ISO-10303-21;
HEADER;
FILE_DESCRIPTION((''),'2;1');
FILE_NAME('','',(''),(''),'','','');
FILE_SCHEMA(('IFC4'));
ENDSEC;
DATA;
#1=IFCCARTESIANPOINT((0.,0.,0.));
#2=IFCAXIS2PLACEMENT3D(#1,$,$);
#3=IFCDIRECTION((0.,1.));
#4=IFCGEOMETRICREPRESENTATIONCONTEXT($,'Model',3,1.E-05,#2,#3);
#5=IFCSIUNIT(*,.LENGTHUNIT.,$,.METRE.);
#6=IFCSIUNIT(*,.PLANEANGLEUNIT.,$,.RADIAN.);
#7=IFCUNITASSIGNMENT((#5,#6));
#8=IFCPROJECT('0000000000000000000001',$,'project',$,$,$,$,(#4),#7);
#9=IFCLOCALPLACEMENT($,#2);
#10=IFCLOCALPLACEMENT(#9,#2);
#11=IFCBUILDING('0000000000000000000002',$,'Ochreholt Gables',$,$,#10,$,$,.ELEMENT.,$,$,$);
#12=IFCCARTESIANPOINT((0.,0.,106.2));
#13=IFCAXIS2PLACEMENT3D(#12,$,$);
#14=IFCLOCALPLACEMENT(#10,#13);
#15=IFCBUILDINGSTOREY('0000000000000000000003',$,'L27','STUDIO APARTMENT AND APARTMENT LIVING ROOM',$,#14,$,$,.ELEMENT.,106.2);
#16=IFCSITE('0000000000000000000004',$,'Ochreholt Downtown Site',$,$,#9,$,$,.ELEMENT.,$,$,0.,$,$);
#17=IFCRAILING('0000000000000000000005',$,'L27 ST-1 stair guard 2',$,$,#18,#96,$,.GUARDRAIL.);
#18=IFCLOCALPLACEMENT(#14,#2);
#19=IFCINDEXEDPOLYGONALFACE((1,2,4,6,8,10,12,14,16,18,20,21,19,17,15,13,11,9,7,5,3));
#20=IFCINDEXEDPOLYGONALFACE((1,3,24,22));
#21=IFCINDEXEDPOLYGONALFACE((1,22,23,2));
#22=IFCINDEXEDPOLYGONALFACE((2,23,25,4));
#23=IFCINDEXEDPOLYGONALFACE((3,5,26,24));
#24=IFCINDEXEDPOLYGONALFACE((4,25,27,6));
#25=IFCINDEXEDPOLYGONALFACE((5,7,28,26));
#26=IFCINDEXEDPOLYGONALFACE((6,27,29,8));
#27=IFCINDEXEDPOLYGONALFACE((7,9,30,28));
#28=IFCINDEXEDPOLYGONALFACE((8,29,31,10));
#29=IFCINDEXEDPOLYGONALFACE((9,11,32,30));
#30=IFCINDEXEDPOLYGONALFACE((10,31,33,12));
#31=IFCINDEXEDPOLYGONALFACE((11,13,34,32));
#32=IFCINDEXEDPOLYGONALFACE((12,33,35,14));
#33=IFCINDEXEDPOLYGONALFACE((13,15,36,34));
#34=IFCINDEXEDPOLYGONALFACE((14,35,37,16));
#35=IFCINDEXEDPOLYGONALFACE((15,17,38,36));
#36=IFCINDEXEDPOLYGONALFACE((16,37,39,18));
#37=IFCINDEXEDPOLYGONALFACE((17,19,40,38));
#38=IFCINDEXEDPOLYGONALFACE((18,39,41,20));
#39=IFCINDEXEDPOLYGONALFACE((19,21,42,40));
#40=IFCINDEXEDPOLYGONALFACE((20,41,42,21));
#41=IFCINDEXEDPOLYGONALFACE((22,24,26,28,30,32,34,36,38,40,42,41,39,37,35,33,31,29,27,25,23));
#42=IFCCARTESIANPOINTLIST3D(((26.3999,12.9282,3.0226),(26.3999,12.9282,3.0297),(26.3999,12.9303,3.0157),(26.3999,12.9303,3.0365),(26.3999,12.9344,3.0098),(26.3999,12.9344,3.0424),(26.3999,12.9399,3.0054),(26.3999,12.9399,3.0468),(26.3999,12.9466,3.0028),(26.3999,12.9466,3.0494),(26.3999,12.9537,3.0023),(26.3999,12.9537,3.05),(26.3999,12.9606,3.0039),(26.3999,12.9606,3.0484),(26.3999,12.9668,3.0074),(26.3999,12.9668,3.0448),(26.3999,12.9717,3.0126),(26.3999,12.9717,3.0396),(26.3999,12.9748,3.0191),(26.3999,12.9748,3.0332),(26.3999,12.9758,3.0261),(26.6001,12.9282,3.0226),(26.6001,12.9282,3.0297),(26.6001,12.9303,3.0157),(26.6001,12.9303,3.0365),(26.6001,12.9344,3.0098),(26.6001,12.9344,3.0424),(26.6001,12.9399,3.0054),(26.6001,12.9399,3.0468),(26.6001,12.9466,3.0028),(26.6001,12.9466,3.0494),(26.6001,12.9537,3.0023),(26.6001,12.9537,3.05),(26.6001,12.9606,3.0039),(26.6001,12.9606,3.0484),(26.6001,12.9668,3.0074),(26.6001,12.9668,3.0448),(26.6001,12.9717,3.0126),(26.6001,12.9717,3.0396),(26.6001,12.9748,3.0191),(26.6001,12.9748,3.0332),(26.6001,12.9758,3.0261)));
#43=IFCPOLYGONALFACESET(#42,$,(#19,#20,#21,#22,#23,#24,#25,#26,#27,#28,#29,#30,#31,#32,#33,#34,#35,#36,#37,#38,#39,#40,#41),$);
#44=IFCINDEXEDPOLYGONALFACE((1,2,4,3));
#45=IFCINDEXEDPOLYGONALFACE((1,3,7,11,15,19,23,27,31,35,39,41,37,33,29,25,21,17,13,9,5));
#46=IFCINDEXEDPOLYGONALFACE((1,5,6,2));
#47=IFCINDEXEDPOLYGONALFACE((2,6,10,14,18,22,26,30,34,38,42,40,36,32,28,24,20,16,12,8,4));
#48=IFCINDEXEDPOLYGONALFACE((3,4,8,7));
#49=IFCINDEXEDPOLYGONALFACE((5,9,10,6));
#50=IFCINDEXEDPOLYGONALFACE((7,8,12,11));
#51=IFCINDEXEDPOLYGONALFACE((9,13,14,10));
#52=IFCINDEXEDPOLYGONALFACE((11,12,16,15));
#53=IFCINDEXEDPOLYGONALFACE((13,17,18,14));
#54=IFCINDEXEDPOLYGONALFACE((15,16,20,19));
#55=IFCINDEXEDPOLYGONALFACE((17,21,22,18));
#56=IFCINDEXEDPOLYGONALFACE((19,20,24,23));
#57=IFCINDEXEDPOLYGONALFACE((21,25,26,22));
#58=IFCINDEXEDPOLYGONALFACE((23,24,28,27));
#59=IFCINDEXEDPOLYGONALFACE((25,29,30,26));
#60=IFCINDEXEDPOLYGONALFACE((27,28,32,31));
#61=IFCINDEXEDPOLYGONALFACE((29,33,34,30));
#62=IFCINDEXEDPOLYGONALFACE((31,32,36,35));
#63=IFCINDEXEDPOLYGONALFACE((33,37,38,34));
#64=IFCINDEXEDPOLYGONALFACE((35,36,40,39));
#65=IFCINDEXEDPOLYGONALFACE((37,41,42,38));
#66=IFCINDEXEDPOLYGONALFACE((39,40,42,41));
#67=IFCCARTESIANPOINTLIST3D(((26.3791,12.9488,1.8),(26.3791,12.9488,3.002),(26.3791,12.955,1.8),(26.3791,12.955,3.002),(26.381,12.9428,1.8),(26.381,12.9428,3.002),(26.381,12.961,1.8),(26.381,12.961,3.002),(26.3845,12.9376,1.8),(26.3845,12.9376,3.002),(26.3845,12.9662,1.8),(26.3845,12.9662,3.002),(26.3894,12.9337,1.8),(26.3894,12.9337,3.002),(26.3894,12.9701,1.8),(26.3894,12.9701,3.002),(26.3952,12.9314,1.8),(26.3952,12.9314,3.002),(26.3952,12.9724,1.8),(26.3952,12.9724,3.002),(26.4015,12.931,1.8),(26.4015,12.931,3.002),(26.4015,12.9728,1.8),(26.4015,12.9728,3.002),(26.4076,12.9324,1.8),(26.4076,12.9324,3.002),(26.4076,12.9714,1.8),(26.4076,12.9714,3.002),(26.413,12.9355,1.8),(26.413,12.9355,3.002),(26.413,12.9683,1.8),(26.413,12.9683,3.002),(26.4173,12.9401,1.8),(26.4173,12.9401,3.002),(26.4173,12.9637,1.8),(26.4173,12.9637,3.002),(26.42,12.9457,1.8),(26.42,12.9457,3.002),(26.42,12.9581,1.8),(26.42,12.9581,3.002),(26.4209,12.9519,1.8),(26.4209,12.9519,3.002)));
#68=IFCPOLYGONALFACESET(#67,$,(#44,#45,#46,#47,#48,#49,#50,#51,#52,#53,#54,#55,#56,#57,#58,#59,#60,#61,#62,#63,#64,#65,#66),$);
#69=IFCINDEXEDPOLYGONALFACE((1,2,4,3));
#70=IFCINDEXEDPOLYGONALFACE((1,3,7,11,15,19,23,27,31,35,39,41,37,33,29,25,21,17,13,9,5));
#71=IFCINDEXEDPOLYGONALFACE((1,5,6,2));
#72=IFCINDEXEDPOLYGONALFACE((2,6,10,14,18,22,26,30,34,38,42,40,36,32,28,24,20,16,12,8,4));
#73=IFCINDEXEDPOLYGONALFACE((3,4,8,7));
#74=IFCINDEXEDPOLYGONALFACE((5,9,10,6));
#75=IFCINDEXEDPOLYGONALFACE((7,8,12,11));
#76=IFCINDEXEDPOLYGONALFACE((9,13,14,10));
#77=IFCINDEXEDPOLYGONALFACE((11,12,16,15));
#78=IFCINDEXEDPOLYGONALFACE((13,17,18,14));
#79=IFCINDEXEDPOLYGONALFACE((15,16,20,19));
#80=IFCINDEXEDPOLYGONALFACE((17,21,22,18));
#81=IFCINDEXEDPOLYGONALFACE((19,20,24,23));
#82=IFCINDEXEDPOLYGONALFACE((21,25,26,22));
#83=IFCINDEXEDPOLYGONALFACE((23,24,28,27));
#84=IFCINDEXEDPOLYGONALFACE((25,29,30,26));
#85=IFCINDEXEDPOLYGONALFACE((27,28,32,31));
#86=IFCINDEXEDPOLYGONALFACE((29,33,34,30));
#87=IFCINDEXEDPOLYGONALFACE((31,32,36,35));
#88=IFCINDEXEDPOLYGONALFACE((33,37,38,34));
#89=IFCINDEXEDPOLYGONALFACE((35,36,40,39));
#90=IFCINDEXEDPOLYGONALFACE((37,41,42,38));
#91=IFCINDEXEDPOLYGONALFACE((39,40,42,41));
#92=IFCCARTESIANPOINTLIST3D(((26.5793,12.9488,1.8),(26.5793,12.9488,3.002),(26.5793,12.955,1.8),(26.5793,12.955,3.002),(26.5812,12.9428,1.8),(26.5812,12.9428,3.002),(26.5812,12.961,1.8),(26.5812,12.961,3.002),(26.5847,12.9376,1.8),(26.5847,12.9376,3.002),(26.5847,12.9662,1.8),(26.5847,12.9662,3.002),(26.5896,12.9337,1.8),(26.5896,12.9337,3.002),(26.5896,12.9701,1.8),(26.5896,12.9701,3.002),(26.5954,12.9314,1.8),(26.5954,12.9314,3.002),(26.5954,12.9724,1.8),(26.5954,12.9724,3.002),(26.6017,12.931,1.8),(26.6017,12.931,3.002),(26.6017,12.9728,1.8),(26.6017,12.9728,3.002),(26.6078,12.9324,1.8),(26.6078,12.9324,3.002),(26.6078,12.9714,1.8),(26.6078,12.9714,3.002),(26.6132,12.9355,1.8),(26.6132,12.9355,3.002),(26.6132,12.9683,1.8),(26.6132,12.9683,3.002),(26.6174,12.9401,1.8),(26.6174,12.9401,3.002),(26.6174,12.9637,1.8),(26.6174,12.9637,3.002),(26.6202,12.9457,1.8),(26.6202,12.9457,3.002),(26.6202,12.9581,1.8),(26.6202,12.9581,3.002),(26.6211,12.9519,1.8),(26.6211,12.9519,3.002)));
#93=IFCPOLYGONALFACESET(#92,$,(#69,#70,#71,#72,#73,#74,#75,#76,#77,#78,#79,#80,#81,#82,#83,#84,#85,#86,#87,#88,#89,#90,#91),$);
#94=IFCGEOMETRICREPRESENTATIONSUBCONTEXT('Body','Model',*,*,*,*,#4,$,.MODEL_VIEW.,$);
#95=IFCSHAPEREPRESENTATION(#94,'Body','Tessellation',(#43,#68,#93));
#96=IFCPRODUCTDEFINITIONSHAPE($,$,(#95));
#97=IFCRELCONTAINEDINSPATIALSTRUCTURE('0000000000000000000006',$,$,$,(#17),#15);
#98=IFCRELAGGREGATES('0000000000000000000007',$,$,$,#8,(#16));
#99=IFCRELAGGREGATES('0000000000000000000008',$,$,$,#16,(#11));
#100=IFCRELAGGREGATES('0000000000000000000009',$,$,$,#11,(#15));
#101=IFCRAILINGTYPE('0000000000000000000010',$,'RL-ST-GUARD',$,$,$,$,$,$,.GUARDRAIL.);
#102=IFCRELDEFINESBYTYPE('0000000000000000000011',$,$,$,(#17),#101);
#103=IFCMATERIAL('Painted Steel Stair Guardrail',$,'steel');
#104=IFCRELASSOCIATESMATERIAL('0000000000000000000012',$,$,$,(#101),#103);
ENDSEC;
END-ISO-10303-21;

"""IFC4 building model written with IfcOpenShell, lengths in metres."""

from ifc_helpers import new_model, si_unit, direction, frame, origin, origin_2d, place, context, subcontext, project, spatial, circle, extrude, material, type_object, element, save


model = new_model("IFC4")

# Units and contexts
model_context = context("Model", 3, precision=1e-05, world=origin(), true_north=direction((0.0, 1.0)))
body_context = subcontext(model_context, "Body", "Model", "MODEL_VIEW")
ifc_project = project(units=[si_unit("LENGTHUNIT", "METRE"), si_unit("PLANEANGLEUNIT", "RADIAN")], contexts=[model_context])

# Site, building, storey
site_placement = place(None, origin())
site = spatial("IfcSite", under=ifc_project, at=site_placement, Name="Ochreholt Downtown Site", CompositionType="ELEMENT", RefElevation=0.0)
building_placement = place(site_placement, origin())
building = spatial("IfcBuilding", under=site, at=building_placement, Name="Ochreholt Gables", CompositionType="ELEMENT")
storey_placement = place(building_placement, frame((0.0, 0.0, 106.2)))
storey = spatial("IfcBuildingStorey", under=building, at=storey_placement, Name="L27", Description="STUDIO APARTMENT AND APARTMENT LIVING ROOM", CompositionType="ELEMENT", Elevation=106.2)

# Railing
ifc_material_1 = material(Name="Painted Steel Stair Guardrail", Category="steel")
railing_type_1 = type_object("IfcRailingType", Name="RL-ST-GUARD", PredefinedType="GUARDRAIL", material=ifc_material_1)
railing_1_placement = place(storey_placement, frame((26.3999, 12.9519, 1.8)))
element("IfcRailing", 1, at=railing_1_placement, inside=storey, type_object=railing_type_1, Name="L27 ST-1 stair guard 2", PredefinedType="GUARDRAIL", context=body_context, shape_type="SweptSolid", body=[
    extrude(circle(Radius=0.0239, at=origin_2d()), frame((0.0, 0.0, 1.2261), z_axis=(1.0, 0.0, 0.0), x_axis=(0.0, 1.0, 0.0)), (0.0, 0.0, 1.0), 0.2002),
    extrude(circle(Radius=0.021, at=origin_2d()), origin(), (0.0, 0.0, 1.0), 1.2019),
    extrude(circle(Radius=0.021, at=origin_2d()), frame((0.2002, 0.0, 0.0)), (0.0, 0.0, 1.0), 1.2019),
])

save(model, "model.ifc")
